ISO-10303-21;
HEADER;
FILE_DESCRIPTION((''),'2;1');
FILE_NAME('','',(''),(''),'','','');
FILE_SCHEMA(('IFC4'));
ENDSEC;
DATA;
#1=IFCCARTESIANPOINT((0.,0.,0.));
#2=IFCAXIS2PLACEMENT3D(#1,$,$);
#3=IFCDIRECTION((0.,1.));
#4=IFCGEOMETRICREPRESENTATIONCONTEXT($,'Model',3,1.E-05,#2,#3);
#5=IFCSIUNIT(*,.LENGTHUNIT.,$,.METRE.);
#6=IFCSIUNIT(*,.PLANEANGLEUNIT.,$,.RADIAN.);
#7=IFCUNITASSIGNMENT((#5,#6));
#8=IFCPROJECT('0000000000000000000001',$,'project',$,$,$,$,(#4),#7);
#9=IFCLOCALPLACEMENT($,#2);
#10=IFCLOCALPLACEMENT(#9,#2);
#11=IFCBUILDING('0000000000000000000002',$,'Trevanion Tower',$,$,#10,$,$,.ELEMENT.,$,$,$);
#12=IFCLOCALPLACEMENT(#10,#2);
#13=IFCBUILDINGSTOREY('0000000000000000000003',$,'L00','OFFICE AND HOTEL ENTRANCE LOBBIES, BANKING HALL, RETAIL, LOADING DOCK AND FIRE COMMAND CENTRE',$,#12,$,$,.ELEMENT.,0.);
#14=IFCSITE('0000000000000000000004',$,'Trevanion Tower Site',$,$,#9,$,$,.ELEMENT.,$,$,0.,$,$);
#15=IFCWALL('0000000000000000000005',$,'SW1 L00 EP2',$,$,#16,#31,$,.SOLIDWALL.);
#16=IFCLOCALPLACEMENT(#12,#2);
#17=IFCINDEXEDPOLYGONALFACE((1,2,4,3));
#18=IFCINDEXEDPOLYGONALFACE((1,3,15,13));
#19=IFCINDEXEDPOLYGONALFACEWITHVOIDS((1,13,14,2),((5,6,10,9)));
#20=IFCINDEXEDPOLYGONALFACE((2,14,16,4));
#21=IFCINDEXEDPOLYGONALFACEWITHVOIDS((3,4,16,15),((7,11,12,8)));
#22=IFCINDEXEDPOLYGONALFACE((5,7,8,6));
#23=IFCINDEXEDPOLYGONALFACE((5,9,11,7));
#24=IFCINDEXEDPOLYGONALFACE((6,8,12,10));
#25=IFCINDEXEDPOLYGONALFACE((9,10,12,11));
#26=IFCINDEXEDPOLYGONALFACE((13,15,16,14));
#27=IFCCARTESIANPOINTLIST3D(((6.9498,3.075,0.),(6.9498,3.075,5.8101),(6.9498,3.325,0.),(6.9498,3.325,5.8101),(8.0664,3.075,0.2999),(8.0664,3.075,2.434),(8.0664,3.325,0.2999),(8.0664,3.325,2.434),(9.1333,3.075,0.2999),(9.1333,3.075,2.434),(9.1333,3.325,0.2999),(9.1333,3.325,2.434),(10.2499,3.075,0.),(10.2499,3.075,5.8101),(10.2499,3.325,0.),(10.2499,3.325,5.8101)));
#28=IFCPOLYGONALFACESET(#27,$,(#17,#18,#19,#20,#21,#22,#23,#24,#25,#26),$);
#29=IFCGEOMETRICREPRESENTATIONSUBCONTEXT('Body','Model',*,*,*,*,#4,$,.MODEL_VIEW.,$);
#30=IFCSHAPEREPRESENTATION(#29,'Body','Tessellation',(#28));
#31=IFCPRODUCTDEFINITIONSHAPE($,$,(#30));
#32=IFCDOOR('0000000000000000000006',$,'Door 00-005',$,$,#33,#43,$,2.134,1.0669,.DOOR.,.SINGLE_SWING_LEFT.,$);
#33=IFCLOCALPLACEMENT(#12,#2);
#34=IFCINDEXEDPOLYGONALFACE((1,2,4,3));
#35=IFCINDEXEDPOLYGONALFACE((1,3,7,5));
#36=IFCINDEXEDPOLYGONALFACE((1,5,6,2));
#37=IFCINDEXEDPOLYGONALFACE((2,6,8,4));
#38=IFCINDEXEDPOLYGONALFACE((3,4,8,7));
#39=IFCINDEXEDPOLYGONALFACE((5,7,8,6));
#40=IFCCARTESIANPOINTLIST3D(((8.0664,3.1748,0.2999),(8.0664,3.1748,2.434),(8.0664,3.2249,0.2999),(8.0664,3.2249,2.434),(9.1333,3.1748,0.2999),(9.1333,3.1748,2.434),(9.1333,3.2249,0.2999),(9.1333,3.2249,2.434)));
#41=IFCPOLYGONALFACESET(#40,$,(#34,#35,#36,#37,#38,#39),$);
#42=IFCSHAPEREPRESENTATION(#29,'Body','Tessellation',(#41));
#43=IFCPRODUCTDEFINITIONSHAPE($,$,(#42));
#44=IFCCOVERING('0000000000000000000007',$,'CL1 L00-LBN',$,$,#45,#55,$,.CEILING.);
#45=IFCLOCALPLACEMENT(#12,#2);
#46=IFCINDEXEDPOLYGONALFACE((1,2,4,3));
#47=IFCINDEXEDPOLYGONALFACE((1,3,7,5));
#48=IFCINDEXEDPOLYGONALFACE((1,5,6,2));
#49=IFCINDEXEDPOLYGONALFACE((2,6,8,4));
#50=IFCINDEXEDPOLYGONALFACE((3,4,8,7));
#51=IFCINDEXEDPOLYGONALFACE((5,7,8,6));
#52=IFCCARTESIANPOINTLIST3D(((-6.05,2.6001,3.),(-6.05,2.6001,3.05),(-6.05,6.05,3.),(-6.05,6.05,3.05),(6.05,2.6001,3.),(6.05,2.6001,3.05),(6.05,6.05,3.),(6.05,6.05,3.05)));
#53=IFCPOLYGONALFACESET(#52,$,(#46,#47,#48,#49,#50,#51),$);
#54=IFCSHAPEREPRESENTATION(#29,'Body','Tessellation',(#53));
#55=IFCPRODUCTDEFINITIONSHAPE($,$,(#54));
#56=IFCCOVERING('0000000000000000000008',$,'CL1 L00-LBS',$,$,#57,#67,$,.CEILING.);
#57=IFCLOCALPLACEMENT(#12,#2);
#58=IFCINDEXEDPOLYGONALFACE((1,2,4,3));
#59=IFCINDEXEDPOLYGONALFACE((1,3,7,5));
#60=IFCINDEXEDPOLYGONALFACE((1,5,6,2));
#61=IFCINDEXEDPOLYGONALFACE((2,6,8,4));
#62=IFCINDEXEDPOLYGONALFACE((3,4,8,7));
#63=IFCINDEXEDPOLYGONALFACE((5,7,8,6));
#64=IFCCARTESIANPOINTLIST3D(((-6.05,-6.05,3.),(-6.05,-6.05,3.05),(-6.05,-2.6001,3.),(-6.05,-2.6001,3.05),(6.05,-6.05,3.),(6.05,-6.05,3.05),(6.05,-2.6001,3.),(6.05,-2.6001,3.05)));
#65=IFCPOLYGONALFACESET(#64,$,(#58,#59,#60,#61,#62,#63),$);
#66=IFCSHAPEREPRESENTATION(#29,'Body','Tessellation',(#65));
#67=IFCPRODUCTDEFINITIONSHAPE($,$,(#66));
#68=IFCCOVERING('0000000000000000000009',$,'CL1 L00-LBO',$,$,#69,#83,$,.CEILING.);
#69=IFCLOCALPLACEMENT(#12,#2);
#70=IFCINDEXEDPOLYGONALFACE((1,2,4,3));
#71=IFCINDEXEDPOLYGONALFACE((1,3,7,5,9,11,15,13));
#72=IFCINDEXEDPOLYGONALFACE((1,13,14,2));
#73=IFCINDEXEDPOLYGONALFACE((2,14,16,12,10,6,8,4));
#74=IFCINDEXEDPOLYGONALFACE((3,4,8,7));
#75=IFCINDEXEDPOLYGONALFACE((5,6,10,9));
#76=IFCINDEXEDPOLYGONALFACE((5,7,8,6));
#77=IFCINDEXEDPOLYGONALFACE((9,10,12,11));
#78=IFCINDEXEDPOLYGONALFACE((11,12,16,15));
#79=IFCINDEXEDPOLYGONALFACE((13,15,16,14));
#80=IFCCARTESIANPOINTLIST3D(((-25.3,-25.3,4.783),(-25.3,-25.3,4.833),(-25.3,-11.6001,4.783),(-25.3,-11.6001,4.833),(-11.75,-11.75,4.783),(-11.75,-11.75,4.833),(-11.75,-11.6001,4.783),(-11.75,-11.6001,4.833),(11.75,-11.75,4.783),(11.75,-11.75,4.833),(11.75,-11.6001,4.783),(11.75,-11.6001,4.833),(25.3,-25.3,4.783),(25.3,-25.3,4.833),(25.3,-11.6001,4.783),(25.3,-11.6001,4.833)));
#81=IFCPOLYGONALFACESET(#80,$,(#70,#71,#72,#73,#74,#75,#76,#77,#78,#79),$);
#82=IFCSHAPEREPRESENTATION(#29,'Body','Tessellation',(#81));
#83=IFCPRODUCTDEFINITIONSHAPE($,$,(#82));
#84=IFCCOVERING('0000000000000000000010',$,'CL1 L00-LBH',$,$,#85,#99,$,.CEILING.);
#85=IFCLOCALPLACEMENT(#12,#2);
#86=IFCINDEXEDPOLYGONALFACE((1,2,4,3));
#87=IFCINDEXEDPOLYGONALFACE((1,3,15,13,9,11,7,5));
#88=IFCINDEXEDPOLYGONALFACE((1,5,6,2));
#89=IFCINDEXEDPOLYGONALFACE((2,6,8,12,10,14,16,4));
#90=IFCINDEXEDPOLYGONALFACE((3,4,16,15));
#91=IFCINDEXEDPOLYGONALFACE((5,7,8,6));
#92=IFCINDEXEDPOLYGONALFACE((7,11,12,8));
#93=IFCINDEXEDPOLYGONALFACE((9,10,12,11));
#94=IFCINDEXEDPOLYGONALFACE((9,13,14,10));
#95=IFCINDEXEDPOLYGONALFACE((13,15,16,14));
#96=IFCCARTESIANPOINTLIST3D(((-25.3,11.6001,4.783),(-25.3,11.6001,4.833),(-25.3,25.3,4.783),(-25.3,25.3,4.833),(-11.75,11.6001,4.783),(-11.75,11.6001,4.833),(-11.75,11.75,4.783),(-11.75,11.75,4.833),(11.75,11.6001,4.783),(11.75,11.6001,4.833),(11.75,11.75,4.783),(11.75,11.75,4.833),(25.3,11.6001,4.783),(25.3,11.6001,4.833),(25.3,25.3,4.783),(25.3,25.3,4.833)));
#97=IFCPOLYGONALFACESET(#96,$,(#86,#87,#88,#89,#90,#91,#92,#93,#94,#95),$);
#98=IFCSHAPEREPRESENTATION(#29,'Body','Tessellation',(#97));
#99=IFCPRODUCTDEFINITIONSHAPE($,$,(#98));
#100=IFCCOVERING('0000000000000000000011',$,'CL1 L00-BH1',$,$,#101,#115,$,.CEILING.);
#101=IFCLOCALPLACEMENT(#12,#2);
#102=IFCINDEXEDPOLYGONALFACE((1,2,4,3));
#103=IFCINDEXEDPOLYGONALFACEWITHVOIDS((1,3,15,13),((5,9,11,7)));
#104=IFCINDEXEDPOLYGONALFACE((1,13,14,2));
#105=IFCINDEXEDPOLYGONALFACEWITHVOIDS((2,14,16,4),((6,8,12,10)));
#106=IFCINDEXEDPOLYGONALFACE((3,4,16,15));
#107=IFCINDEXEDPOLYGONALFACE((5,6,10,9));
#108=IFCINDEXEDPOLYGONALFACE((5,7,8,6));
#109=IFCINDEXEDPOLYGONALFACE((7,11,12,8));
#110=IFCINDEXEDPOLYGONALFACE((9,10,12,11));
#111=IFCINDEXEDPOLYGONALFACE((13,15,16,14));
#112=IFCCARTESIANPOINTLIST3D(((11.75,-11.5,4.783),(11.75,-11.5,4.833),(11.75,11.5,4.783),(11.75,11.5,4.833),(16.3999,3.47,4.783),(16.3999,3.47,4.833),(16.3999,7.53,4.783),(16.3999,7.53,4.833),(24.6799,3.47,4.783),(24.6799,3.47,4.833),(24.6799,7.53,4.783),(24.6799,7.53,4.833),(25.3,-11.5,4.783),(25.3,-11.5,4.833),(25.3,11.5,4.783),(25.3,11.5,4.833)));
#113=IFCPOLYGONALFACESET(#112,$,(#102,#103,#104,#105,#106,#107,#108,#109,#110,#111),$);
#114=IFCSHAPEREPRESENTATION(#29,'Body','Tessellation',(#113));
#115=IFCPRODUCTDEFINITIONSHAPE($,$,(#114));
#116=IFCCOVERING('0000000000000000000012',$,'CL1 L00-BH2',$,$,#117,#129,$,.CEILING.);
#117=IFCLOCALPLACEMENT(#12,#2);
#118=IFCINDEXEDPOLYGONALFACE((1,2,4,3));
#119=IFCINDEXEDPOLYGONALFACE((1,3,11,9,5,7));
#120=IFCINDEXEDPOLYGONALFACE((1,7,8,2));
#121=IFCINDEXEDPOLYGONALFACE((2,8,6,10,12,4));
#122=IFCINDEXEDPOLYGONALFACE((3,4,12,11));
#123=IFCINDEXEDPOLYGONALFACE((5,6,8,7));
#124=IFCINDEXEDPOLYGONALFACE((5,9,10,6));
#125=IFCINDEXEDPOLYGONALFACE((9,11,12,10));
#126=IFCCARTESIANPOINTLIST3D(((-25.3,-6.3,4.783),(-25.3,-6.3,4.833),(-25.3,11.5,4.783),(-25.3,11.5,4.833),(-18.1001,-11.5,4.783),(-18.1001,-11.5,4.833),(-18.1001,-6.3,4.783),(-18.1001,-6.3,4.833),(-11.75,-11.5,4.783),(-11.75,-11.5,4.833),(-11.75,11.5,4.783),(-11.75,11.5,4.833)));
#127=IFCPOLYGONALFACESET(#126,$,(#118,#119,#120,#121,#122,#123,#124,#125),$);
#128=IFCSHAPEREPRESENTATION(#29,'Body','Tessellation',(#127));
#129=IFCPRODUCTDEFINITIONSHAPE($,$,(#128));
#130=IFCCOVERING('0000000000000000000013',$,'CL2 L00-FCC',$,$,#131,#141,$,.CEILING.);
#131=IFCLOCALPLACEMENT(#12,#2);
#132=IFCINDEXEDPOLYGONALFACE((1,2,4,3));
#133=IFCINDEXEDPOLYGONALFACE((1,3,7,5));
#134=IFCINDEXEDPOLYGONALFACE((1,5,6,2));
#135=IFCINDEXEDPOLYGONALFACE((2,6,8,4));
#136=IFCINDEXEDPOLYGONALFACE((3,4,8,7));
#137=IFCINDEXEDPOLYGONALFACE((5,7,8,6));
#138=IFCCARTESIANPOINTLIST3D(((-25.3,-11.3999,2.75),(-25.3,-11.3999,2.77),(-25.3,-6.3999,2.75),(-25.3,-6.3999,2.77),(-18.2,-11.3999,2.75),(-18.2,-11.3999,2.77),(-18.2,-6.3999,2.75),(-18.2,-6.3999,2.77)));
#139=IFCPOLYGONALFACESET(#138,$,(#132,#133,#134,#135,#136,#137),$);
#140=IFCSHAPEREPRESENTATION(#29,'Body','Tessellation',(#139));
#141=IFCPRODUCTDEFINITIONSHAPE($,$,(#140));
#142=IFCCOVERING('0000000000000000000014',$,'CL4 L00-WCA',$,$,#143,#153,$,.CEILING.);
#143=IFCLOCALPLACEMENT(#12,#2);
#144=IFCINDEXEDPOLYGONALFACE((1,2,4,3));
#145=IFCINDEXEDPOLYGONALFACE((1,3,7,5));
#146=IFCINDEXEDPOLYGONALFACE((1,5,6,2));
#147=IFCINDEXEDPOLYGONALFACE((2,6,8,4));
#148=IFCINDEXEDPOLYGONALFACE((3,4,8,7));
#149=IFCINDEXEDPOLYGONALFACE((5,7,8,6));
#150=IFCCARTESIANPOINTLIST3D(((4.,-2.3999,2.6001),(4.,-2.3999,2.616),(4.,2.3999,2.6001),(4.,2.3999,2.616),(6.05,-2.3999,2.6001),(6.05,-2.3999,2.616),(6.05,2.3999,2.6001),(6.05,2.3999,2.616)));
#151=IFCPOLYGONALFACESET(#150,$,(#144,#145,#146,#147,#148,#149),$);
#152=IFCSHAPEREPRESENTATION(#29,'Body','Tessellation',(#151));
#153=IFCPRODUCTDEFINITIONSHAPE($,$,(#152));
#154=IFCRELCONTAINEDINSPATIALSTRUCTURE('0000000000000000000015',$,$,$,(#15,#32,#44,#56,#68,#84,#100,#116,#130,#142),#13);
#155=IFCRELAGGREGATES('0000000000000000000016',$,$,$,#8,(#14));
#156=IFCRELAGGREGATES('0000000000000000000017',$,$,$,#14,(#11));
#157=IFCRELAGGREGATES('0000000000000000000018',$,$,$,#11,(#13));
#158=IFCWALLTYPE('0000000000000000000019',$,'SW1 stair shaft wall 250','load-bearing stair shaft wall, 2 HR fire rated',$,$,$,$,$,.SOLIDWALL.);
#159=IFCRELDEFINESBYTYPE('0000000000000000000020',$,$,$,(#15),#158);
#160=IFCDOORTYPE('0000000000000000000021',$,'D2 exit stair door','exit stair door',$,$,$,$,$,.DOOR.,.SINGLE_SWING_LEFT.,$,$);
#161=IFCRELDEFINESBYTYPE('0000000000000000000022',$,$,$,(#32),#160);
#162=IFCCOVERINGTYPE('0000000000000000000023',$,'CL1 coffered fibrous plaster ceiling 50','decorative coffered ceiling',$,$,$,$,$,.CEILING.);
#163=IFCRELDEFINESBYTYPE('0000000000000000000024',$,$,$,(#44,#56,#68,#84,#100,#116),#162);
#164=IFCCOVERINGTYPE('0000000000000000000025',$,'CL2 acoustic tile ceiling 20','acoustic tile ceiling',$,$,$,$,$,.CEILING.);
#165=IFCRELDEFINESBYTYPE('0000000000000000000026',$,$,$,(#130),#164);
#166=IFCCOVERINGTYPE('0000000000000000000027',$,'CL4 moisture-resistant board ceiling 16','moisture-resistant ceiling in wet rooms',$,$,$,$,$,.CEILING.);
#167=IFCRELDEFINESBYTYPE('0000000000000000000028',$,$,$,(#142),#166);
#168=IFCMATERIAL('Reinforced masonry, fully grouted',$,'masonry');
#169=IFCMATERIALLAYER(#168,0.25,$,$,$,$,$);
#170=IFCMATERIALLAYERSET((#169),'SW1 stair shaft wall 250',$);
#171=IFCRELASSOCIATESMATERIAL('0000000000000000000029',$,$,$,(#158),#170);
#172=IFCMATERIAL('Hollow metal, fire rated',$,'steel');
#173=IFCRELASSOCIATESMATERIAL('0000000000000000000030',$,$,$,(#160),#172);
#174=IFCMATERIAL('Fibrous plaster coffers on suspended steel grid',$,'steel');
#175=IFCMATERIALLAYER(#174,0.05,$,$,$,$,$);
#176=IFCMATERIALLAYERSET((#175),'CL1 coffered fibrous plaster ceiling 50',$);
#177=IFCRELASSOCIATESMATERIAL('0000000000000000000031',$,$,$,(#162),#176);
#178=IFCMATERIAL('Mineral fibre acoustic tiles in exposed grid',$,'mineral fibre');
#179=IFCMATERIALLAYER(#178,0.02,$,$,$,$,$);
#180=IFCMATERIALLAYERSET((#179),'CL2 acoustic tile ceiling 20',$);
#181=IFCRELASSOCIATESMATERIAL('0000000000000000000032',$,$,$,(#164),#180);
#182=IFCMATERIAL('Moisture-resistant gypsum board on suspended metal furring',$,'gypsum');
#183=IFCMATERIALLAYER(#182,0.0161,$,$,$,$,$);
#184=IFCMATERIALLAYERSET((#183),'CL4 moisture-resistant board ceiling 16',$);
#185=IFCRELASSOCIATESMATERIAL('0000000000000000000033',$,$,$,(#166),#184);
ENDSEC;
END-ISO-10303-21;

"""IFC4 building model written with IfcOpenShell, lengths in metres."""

from ifc_helpers import new_model, si_unit, direction, frame, frame_2d, origin, place, context, subcontext, project, spatial, polyline, rectangle, outline, extrude, material, layer, layer_set, type_object, element, fill, save


model = new_model("IFC4")

# Units and contexts
model_context = context("Model", 3, precision=1e-05, world=origin(), true_north=direction((0.0, 1.0)))
body_context = subcontext(model_context, "Body", "Model", "MODEL_VIEW")
ifc_project = project(units=[si_unit("LENGTHUNIT", "METRE"), si_unit("PLANEANGLEUNIT", "RADIAN")], contexts=[model_context])

# Site, building, storey
site_placement = place(None, origin())
site = spatial("IfcSite", under=ifc_project, at=site_placement, Name="Trevanion Tower Site", CompositionType="ELEMENT", RefElevation=0.0)
building_placement = place(site_placement, origin())
building = spatial("IfcBuilding", under=site, at=building_placement, Name="Trevanion Tower", CompositionType="ELEMENT")
storey_placement = place(building_placement, origin())
storey = spatial("IfcBuildingStorey", under=building, at=storey_placement, Name="L00", Description="OFFICE AND HOTEL ENTRANCE LOBBIES, BANKING HALL, RETAIL, LOADING DOCK AND FIRE COMMAND CENTRE", CompositionType="ELEMENT", Elevation=0.0)

# Wall, opening, door
ifc_material_1 = material(Name="Reinforced masonry, fully grouted", Category="masonry")
ifc_layer_1 = layer(ifc_material_1, 0.25)
ifc_layer_set_1 = layer_set([ifc_layer_1], Name="SW1 stair shaft wall 250")
wall_type_1 = type_object("IfcWallType", Name="SW1 stair shaft wall 250", Description="load-bearing stair shaft wall, 2 HR fire rated", PredefinedType="SOLIDWALL", material=ifc_layer_set_1)
wall_1_placement = place(storey_placement, frame((6.95, 3.2, 0.0), z_axis=(0.0, 0.0, 1.0), x_axis=(1.0, 0.0, 0.0)))
wall_1 = element("IfcWall", 1, at=wall_1_placement, inside=storey, type_object=wall_type_1, Name="SW1 L00 EP2", PredefinedType="SOLIDWALL", context=body_context, shape_type="SweptSolid", body=[
    extrude(rectangle(XDim=3.3, YDim=0.25, at=frame_2d((1.6499, 0.0))), origin(), (0.0, 0.0, 1.0), 5.8101),
])
opening_1_placement = place(wall_1_placement, frame((1.1165, 0.0, 0.3)))
opening_1 = element("IfcOpeningElement", 2, at=opening_1_placement, cuts=wall_1, PredefinedType="OPENING", context=body_context, shape_type="SweptSolid", body=[
    extrude(rectangle(XDim=1.0669, YDim=2.134, at=frame_2d((0.5334, 1.0669))), frame((0.0, 0.135, 0.0), z_axis=(0.0, -1.0, 0.0), x_axis=(1.0, 0.0, 0.0)), (0.0, 0.0, 1.0), 0.27),
])
ifc_material_2 = material(Name="Hollow metal, fire rated", Category="steel")
door_type_1 = type_object("IfcDoorType", Name="D2 exit stair door", Description="exit stair door", OperationType="SINGLE_SWING_LEFT", PredefinedType="DOOR", material=ifc_material_2)
door_1_placement = place(opening_1_placement, origin())
door_1 = element("IfcDoor", 3, at=door_1_placement, inside=storey, type_object=door_type_1, Name="Door 00-005", OperationType="SINGLE_SWING_LEFT", OverallHeight=2.134, OverallWidth=1.0669, PredefinedType="DOOR", context=body_context, shape_type="SweptSolid", body=[
    extrude(rectangle(XDim=1.0669, YDim=2.134, at=frame_2d((0.5334, 1.0669))), frame((0.0, 0.0249, 0.0), z_axis=(0.0, -1.0, 0.0), x_axis=(1.0, 0.0, 0.0)), (0.0, 0.0, 1.0), 0.05),
])
fill(opening_1, door_1)

# Coverings
ifc_material_3 = material(Name="Fibrous plaster coffers on suspended steel grid", Category="steel")
ifc_layer_2 = layer(ifc_material_3, 0.05)
ifc_layer_set_2 = layer_set([ifc_layer_2], Name="CL1 coffered fibrous plaster ceiling 50")
covering_type_1 = type_object("IfcCoveringType", Name="CL1 coffered fibrous plaster ceiling 50", Description="decorative coffered ceiling", PredefinedType="CEILING", material=ifc_layer_set_2)
covering_1_placement = place(storey_placement, frame((0.0, 0.0, 3.0)))
element("IfcCovering", 4, at=covering_1_placement, inside=storey, type_object=covering_type_1, Name="CL1 L00-LBN", PredefinedType="CEILING", context=body_context, shape_type="SweptSolid", body=[
    extrude(outline(polyline([(-6.05, 2.6001), (-6.05, 6.05), (6.05, 6.05), (6.05, 2.6001), (-6.05, 2.6001)])), origin(), (0.0, 0.0, 1.0), 0.05),
])
covering_2_placement = place(storey_placement, frame((0.0, 0.0, 3.0)))
element("IfcCovering", 5, at=covering_2_placement, inside=storey, type_object=covering_type_1, Name="CL1 L00-LBS", PredefinedType="CEILING", context=body_context, shape_type="SweptSolid", body=[
    extrude(outline(polyline([(-6.05, -6.05), (-6.05, -2.6001), (6.05, -2.6001), (6.05, -6.05), (-6.05, -6.05)])), origin(), (0.0, 0.0, 1.0), 0.05),
])
covering_3_placement = place(storey_placement, frame((0.0, 0.0, 4.783)))
element("IfcCovering", 6, at=covering_3_placement, inside=storey, type_object=covering_type_1, Name="CL1 L00-LBO", PredefinedType="CEILING", context=body_context, shape_type="SweptSolid", body=[
    extrude(outline(polyline([(-25.3, -25.3), (-25.3, -11.6001), (-11.75, -11.6001), (-11.75, -11.75), (11.75, -11.75), (11.75, -11.6001), (25.3, -11.6001), (25.3, -25.3), (-25.3, -25.3)])), origin(), (0.0, 0.0, 1.0), 0.05),
])
covering_4_placement = place(storey_placement, frame((0.0, 0.0, 4.783)))
element("IfcCovering", 7, at=covering_4_placement, inside=storey, type_object=covering_type_1, Name="CL1 L00-LBH", PredefinedType="CEILING", context=body_context, shape_type="SweptSolid", body=[
    extrude(outline(polyline([(11.75, 11.6001), (11.75, 11.75), (-11.75, 11.75), (-11.75, 11.6001), (-25.3, 11.6001), (-25.3, 25.3), (25.3, 25.3), (25.3, 11.6001), (11.75, 11.6001)])), origin(), (0.0, 0.0, 1.0), 0.05),
])
covering_5_placement = place(storey_placement, frame((0.0, 0.0, 4.783)))
element("IfcCovering", 8, at=covering_5_placement, inside=storey, type_object=covering_type_1, Name="CL1 L00-BH1", PredefinedType="CEILING", context=body_context, shape_type="SweptSolid", body=[
    extrude(outline(polyline([(11.75, 11.5), (25.3, 11.5), (25.3, -11.5), (11.75, -11.5), (11.75, 11.5)]), holes=[polyline([(24.6799, 3.47), (24.6799, 7.53), (16.3999, 7.53), (16.3999, 3.47), (24.6799, 3.47)])]), origin(), (0.0, 0.0, 1.0), 0.05),
])
covering_6_placement = place(storey_placement, frame((0.0, 0.0, 4.783)))
element("IfcCovering", 9, at=covering_6_placement, inside=storey, type_object=covering_type_1, Name="CL1 L00-BH2", PredefinedType="CEILING", context=body_context, shape_type="SweptSolid", body=[
    extrude(outline(polyline([(-11.75, -11.5), (-18.1001, -11.5), (-18.1001, -6.3), (-25.3, -6.3), (-25.3, 11.5), (-11.75, 11.5), (-11.75, -11.5)])), origin(), (0.0, 0.0, 1.0), 0.05),
])
ifc_material_4 = material(Name="Mineral fibre acoustic tiles in exposed grid", Category="mineral fibre")
ifc_layer_3 = layer(ifc_material_4, 0.02)
ifc_layer_set_3 = layer_set([ifc_layer_3], Name="CL2 acoustic tile ceiling 20")
covering_type_2 = type_object("IfcCoveringType", Name="CL2 acoustic tile ceiling 20", Description="acoustic tile ceiling", PredefinedType="CEILING", material=ifc_layer_set_3)
covering_7_placement = place(storey_placement, frame((0.0, 0.0, 2.75)))
element("IfcCovering", 10, at=covering_7_placement, inside=storey, type_object=covering_type_2, Name="CL2 L00-FCC", PredefinedType="CEILING", context=body_context, shape_type="SweptSolid", body=[
    extrude(outline(polyline([(-18.2, -6.3999), (-18.2, -11.3999), (-25.3, -11.3999), (-25.3, -6.3999), (-18.2, -6.3999)])), origin(), (0.0, 0.0, 1.0), 0.02),
])
ifc_material_5 = material(Name="Moisture-resistant gypsum board on suspended metal furring", Category="gypsum")
ifc_layer_4 = layer(ifc_material_5, 0.0161)
ifc_layer_set_4 = layer_set([ifc_layer_4], Name="CL4 moisture-resistant board ceiling 16")
covering_type_3 = type_object("IfcCoveringType", Name="CL4 moisture-resistant board ceiling 16", Description="moisture-resistant ceiling in wet rooms", PredefinedType="CEILING", material=ifc_layer_set_4)
covering_8_placement = place(storey_placement, frame((0.0, 0.0, 2.6001)))
element("IfcCovering", 11, at=covering_8_placement, inside=storey, type_object=covering_type_3, Name="CL4 L00-WCA", PredefinedType="CEILING", context=body_context, shape_type="SweptSolid", body=[
    extrude(outline(polyline([(4.0, -2.3999), (4.0, 2.3999), (6.05, 2.3999), (6.05, -2.3999), (4.0, -2.3999)])), origin(), (0.0, 0.0, 1.0), 0.0159),
])

save(model, "model.ifc")
